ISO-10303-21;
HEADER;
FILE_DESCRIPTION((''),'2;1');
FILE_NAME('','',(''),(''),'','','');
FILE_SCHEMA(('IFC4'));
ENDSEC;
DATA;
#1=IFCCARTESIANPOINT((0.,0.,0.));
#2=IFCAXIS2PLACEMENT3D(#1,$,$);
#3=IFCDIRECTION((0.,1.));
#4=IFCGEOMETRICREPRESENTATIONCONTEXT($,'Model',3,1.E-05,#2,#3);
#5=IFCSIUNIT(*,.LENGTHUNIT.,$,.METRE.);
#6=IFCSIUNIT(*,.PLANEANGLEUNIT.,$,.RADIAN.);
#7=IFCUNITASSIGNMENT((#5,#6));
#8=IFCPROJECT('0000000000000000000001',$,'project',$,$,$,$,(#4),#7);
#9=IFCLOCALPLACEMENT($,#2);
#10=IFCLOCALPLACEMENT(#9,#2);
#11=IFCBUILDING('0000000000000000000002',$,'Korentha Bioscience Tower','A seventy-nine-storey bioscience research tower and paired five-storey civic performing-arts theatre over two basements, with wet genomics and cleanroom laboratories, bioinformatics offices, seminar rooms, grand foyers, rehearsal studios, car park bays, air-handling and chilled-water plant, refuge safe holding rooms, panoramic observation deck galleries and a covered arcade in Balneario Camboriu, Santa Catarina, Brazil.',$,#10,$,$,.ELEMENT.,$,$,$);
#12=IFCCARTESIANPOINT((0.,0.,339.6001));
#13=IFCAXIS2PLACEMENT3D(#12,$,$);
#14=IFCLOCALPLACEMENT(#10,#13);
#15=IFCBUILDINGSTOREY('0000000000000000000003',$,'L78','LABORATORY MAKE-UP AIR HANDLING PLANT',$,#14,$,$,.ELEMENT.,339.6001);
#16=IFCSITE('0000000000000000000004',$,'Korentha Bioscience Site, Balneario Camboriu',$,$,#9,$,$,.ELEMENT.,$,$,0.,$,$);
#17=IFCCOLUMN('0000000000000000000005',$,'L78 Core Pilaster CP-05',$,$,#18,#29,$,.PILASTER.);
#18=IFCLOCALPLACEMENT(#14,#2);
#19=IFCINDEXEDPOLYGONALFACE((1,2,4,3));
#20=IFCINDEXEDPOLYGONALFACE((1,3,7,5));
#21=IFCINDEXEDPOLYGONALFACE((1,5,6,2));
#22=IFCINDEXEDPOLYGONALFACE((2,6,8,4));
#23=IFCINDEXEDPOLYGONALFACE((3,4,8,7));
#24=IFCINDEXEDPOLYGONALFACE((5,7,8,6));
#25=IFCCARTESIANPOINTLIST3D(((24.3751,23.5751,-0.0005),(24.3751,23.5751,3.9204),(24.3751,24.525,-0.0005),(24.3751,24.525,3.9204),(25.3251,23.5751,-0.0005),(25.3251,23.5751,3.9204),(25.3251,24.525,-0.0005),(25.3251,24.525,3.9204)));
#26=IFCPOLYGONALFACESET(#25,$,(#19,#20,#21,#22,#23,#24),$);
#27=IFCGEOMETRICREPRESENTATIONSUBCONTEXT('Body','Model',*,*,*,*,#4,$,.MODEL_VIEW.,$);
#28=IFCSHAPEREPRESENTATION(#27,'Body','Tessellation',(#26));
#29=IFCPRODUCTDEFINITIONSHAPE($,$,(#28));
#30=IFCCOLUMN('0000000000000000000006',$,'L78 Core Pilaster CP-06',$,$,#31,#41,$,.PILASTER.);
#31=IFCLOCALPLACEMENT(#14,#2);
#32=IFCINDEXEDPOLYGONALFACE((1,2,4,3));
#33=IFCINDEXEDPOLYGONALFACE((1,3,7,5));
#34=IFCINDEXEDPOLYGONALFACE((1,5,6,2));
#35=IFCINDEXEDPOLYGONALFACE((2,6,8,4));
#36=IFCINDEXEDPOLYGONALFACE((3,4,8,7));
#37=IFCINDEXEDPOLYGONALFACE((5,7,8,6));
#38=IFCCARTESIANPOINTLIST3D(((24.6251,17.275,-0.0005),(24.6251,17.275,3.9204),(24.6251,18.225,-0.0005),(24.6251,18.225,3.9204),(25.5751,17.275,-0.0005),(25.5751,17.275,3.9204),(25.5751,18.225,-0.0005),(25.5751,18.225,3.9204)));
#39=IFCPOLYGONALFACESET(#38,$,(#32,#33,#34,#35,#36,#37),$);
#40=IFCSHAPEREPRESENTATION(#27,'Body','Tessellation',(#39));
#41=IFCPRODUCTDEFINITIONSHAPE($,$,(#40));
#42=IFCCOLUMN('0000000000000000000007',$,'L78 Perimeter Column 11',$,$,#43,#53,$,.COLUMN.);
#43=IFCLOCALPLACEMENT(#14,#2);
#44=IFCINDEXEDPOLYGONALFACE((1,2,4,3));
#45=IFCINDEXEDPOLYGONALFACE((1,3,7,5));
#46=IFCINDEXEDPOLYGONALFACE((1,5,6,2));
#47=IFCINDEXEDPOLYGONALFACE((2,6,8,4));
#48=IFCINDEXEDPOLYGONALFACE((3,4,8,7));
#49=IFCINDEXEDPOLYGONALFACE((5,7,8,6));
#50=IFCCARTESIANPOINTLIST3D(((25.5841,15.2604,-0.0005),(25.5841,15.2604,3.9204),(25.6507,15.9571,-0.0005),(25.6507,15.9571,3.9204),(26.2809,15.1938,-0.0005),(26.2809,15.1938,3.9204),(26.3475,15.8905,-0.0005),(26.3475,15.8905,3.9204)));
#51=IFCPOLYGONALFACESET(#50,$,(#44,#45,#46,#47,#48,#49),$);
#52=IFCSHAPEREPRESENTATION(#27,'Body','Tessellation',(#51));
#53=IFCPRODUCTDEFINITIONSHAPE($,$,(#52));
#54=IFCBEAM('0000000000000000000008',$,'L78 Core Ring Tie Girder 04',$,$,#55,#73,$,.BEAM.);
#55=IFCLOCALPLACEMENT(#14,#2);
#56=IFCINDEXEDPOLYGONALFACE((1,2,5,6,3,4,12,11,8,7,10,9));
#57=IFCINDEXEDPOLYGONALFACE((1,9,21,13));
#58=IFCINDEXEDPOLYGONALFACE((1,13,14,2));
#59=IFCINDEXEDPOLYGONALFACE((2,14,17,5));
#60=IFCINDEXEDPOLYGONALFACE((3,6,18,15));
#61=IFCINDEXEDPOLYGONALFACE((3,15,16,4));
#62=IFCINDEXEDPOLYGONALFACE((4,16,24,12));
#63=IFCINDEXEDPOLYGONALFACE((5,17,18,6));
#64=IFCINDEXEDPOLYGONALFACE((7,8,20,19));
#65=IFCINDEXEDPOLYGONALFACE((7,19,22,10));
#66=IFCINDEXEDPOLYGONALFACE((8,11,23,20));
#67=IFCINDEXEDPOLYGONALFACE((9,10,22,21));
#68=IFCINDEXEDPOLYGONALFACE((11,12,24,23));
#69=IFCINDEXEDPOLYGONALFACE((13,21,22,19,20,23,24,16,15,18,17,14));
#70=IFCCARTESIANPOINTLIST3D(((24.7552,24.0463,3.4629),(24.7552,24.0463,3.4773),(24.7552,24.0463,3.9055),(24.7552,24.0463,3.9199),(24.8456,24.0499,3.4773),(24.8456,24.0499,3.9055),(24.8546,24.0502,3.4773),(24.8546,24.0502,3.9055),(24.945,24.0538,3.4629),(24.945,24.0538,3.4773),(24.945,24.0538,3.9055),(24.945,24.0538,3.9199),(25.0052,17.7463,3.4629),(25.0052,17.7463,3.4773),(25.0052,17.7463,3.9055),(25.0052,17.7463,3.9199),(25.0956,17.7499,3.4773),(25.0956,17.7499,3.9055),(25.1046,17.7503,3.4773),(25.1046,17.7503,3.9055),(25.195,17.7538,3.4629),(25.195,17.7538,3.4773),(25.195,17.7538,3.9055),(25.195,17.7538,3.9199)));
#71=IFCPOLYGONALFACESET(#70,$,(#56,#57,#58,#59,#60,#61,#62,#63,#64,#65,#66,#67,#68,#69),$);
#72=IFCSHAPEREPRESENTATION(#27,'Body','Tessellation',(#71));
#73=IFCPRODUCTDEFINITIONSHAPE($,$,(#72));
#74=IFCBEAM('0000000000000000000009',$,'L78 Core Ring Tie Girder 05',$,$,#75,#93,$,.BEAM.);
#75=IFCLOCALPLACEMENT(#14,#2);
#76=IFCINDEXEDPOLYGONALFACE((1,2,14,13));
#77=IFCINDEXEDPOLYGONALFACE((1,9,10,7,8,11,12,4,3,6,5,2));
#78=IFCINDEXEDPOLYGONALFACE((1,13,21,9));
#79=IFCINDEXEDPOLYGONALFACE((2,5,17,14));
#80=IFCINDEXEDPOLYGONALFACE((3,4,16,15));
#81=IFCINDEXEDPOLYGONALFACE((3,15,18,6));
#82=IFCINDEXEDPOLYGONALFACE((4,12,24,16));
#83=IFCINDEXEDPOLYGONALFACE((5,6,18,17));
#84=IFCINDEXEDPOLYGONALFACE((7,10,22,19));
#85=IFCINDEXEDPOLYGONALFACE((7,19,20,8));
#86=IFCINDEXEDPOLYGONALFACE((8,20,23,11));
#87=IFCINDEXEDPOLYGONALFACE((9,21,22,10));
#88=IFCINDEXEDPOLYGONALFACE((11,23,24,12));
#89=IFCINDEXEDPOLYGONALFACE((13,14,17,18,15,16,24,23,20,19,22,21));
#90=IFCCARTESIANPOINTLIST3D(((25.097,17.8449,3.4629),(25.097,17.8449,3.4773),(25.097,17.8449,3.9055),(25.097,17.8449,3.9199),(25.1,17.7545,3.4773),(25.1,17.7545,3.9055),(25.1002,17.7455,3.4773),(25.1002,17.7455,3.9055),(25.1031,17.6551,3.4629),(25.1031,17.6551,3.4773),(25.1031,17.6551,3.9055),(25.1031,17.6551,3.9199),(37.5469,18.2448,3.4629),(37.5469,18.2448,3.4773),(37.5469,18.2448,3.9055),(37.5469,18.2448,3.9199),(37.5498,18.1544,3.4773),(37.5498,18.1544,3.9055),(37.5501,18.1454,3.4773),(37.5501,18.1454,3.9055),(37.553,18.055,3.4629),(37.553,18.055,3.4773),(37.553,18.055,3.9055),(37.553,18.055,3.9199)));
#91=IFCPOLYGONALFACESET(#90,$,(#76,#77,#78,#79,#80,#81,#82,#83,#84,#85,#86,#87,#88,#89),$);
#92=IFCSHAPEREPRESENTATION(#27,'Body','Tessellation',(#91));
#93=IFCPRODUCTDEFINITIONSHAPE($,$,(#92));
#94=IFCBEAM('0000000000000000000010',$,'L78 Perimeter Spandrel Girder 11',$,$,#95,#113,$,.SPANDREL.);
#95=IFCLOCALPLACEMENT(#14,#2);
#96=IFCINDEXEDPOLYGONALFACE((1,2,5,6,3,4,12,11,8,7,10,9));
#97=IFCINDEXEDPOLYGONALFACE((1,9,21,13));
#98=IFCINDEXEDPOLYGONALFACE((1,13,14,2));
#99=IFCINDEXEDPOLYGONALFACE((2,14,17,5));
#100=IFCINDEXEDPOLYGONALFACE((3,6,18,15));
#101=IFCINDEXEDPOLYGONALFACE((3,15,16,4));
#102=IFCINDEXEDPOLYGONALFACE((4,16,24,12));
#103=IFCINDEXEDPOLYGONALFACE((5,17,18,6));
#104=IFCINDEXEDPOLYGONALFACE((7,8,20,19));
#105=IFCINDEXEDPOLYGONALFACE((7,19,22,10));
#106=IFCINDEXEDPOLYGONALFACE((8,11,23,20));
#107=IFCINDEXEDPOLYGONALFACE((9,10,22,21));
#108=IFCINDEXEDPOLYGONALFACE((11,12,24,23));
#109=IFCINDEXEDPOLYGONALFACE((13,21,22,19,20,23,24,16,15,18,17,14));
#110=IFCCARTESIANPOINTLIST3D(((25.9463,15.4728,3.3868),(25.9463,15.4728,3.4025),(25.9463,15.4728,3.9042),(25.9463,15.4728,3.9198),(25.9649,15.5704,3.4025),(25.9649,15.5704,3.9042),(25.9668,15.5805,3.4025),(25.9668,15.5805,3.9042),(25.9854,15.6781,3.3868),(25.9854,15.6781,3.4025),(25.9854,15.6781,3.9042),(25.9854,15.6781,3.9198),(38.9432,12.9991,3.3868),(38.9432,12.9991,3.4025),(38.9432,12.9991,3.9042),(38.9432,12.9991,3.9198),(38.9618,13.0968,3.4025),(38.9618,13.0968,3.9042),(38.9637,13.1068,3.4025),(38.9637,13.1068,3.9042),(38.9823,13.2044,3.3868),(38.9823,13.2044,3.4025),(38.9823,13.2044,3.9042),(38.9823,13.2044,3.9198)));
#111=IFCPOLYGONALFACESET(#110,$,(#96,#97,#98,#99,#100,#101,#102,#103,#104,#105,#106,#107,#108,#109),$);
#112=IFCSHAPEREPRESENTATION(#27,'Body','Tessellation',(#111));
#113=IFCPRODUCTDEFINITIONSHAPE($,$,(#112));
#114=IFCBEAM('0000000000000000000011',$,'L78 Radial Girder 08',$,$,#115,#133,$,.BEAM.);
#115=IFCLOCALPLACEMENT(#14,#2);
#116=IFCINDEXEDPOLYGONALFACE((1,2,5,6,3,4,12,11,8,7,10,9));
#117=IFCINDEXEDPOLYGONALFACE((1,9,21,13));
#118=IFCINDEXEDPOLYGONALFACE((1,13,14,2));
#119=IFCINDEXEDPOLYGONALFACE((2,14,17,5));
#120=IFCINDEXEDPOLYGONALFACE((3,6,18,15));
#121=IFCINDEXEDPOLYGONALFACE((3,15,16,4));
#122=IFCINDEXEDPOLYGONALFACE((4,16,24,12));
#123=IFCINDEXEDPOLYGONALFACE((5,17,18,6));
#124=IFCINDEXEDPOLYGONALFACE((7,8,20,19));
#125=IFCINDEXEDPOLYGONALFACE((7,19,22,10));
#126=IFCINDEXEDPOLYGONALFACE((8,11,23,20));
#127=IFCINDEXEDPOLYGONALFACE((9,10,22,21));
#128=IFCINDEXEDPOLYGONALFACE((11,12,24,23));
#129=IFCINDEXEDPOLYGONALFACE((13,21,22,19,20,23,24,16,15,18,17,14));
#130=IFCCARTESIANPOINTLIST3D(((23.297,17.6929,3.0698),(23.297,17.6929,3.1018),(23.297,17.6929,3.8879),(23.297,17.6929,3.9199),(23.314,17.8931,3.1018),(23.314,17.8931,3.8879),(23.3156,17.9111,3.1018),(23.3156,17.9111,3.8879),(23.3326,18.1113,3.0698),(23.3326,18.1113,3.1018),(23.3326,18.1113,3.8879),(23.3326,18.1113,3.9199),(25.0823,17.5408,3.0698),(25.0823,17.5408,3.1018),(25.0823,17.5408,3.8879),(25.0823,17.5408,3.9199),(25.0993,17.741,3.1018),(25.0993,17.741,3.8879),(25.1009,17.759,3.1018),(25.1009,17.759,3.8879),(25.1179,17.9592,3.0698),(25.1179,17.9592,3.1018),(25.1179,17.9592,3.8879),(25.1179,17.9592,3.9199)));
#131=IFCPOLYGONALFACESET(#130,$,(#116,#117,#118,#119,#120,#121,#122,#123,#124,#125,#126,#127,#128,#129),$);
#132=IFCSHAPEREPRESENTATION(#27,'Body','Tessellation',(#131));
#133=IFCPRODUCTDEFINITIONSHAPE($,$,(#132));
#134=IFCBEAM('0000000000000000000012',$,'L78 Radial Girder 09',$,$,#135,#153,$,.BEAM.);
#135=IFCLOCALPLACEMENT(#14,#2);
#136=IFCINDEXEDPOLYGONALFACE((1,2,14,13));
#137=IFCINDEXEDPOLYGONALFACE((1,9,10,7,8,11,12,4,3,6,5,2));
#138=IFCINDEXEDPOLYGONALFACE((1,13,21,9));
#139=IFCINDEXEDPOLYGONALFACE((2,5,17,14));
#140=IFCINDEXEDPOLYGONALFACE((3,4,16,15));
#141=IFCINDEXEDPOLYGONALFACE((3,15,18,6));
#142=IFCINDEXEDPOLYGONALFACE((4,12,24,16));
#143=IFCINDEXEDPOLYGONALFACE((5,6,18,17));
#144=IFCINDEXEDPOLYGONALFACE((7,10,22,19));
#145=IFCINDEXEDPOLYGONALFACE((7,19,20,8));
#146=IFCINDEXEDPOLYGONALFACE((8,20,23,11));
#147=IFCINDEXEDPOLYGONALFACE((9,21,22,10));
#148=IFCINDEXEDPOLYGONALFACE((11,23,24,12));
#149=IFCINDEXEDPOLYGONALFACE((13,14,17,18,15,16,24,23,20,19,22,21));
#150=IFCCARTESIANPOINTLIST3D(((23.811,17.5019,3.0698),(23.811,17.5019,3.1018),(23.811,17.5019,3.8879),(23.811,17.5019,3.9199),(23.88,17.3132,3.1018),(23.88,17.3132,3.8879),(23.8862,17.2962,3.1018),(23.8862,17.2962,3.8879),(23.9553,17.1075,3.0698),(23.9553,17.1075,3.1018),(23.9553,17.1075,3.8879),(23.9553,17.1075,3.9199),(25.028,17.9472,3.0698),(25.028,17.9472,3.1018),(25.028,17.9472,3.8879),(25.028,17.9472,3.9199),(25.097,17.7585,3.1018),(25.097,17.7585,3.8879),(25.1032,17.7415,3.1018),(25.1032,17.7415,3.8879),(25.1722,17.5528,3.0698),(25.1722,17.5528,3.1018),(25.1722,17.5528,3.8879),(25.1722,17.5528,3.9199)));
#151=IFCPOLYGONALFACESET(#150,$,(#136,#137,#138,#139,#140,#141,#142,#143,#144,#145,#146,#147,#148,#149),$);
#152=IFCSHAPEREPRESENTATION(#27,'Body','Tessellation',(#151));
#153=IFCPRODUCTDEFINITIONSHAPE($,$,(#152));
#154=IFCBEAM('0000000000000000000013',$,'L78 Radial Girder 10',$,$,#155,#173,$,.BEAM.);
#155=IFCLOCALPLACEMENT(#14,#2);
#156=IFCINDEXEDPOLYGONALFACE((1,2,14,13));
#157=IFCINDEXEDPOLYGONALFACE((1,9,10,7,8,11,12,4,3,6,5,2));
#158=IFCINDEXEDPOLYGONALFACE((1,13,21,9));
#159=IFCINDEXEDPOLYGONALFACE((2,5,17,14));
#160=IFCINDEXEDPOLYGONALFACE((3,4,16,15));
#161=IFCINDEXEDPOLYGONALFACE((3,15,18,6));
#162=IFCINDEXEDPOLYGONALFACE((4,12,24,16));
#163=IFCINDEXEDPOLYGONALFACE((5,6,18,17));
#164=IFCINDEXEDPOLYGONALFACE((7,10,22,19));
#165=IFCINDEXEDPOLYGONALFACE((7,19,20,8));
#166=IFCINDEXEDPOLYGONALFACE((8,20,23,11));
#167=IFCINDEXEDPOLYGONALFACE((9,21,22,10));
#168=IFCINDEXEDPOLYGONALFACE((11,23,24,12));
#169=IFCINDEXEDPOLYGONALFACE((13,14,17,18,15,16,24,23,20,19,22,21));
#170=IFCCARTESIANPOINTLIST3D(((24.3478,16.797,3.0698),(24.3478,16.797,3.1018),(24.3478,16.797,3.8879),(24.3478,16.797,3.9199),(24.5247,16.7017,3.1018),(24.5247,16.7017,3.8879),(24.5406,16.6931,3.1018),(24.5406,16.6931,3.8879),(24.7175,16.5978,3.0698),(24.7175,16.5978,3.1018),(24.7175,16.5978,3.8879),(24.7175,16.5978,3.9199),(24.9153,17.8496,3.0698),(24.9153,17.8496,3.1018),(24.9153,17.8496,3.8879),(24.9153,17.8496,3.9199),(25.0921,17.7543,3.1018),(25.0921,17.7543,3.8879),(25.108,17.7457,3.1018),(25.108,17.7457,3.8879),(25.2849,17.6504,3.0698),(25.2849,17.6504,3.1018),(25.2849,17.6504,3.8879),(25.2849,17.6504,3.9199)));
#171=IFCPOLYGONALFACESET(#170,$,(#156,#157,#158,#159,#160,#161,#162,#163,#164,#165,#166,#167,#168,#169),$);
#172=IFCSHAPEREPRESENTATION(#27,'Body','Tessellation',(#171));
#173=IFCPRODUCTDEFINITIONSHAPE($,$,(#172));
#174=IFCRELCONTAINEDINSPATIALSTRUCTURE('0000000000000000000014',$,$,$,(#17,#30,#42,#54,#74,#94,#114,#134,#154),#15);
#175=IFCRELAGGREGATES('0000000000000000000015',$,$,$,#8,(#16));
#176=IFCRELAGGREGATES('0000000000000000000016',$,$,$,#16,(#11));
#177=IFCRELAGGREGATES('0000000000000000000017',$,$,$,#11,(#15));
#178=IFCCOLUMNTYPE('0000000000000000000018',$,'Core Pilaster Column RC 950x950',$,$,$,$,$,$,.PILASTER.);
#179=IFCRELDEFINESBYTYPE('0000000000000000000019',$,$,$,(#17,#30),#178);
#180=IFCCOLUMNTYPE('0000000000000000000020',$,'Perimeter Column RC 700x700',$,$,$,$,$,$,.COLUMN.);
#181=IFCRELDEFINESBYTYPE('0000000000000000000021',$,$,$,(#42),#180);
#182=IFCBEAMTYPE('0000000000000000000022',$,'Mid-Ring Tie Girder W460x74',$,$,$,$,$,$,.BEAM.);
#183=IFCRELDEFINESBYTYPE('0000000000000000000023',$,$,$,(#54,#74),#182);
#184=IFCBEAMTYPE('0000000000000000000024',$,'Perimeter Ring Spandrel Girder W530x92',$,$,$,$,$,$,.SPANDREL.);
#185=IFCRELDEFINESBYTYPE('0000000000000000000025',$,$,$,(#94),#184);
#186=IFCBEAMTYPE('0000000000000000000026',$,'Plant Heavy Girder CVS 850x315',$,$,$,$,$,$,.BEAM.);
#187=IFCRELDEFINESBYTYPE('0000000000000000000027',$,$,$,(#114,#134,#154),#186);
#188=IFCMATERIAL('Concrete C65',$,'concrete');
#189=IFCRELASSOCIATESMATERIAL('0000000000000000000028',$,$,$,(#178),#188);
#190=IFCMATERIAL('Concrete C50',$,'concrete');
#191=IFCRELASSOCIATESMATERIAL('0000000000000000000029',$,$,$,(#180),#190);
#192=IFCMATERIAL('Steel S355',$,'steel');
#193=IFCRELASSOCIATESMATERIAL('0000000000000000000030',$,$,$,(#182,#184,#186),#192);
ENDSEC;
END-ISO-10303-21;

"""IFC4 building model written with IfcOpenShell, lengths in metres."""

from ifc_helpers import new_model, si_unit, direction, frame, origin, origin_2d, place, context, subcontext, project, spatial, rectangle, i_section, extrude, material, material_profile, profile_set, type_object, element, save


model = new_model("IFC4")

# Units and contexts
model_context = context("Model", 3, precision=1e-05, world=origin(), true_north=direction((0.0, 1.0)))
body_context = subcontext(model_context, "Body", "Model", "MODEL_VIEW")
ifc_project = project(units=[si_unit("LENGTHUNIT", "METRE"), si_unit("PLANEANGLEUNIT", "RADIAN")], contexts=[model_context])

# Site, building, storey
site_placement = place(None, origin())
site = spatial("IfcSite", under=ifc_project, at=site_placement, Name="Korentha Bioscience Site, Balneario Camboriu", CompositionType="ELEMENT", RefElevation=0.0)
building_placement = place(site_placement, origin())
building = spatial("IfcBuilding", under=site, at=building_placement, Name="Korentha Bioscience Tower", Description="A seventy-nine-storey bioscience research tower and paired five-storey civic performing-arts theatre over two basements, with wet genomics and cleanroom laboratories, bioinformatics offices, seminar rooms, grand foyers, rehearsal studios, car park bays, air-handling and chilled-water plant, refuge safe holding rooms, panoramic observation deck galleries and a covered arcade in Balneario Camboriu, Santa Catarina, Brazil.", CompositionType="ELEMENT")
storey_placement = place(building_placement, frame((0.0, 0.0, 339.6001)))
storey = spatial("IfcBuildingStorey", under=building, at=storey_placement, Name="L78", Description="LABORATORY MAKE-UP AIR HANDLING PLANT", CompositionType="ELEMENT", Elevation=339.6001)

# Columns
ifc_material_1 = material(Name="Concrete C65", Category="concrete")
ifc_material_profile_1 = material_profile(ifc_material_1, rectangle(XDim=0.95, YDim=0.95, at=origin_2d()), Name="Concrete C65")
ifc_profile_set_1 = profile_set([ifc_material_profile_1], Name="Concrete C65 (COL-CP09)")
column_type_1 = type_object("IfcColumnType", Name="Core Pilaster Column RC 950x950", PredefinedType="PILASTER", material=ifc_profile_set_1)
for number, where, z_axis, x_axis, name in (
    (1, (24.8501, 24.05, -0.0005), (0.0, 0.0, 1.0), (1.0, 0.0, 0.0), "L78 Core Pilaster CP-05"),
    (2, (25.1001, 17.75, -0.0005), (0.0, 0.0, 1.0), (1.0, 0.0, 0.0), "L78 Core Pilaster CP-06"),
):
    element("IfcColumn", number, at=place(storey_placement, frame(where, z_axis=z_axis, x_axis=x_axis)), inside=storey, type_object=column_type_1, Name=name, PredefinedType="PILASTER", context=body_context, shape_type="SweptSolid", body=[
        extrude(rectangle(XDim=0.95, YDim=0.95, at=origin_2d()), origin(), (0.0, 0.0, 1.0), 3.9209),
    ])
ifc_material_2 = material(Name="Concrete C50", Category="concrete")
ifc_material_profile_2 = material_profile(ifc_material_2, rectangle(XDim=0.7, YDim=0.7, at=origin_2d()), Name="Concrete C50")
ifc_profile_set_2 = profile_set([ifc_material_profile_2], Name="Concrete C50 (COL-P07)")
column_type_2 = type_object("IfcColumnType", Name="Perimeter Column RC 700x700", PredefinedType="COLUMN", material=ifc_profile_set_2)
column_placement = place(storey_placement, frame((25.9658, 15.5754, -0.0005), z_axis=(0.0, 0.0, 1.0), x_axis=(-0.995463, 0.095151, 0.0)))
element("IfcColumn", 3, at=column_placement, inside=storey, type_object=column_type_2, Name="L78 Perimeter Column 11", PredefinedType="COLUMN", context=body_context, shape_type="SweptSolid", body=[
    extrude(rectangle(XDim=0.7, YDim=0.7, at=origin_2d()), origin(), (0.0, 0.0, 1.0), 3.9209),
])

# Beams
ifc_material_3 = material(Name="Steel S355", Category="steel")
ifc_material_profile_3 = material_profile(ifc_material_3, i_section(OverallWidth=0.1899, OverallDepth=0.457, WebThickness=0.009, FlangeThickness=0.0144, at=origin_2d()), Name="Steel S355")
ifc_profile_set_3 = profile_set([ifc_material_profile_3], Name="Steel S355 (MB-460)")
beam_type_1 = type_object("IfcBeamType", Name="Mid-Ring Tie Girder W460x74", PredefinedType="BEAM", material=ifc_profile_set_3)
beam_1_placement = place(storey_placement, frame((24.8501, 24.05, 3.6914), z_axis=(0.039651, -0.999214, 0.0), x_axis=(0.999214, 0.039651, 0.0)))
element("IfcBeam", 4, at=beam_1_placement, inside=storey, type_object=beam_type_1, Name="L78 Core Ring Tie Girder 04", PredefinedType="BEAM", context=body_context, shape_type="SweptSolid", body=[
    extrude(i_section(OverallWidth=0.1899, OverallDepth=0.457, WebThickness=0.009, FlangeThickness=0.0144, at=origin_2d()), origin(), (0.0, 0.0, 1.0), 6.3049),
])
beam_2_placement = place(storey_placement, frame((25.1001, 17.75, 3.6914), z_axis=(0.999485, 0.032104, 0.0), x_axis=(-0.032104, 0.999485, 0.0)))
element("IfcBeam", 5, at=beam_2_placement, inside=storey, type_object=beam_type_1, Name="L78 Core Ring Tie Girder 05", PredefinedType="BEAM", context=body_context, shape_type="SweptSolid", body=[
    extrude(i_section(OverallWidth=0.1899, OverallDepth=0.457, WebThickness=0.009, FlangeThickness=0.0144, at=origin_2d()), origin(), (0.0, 0.0, 1.0), 12.4563),
])
ifc_material_profile_4 = material_profile(ifc_material_3, i_section(OverallWidth=0.209, OverallDepth=0.533, WebThickness=0.0103, FlangeThickness=0.0156, at=origin_2d()), Name="Steel S355")
ifc_profile_set_4 = profile_set([ifc_material_profile_4], Name="Steel S355 (SB-530)")
beam_type_2 = type_object("IfcBeamType", Name="Perimeter Ring Spandrel Girder W530x92", PredefinedType="SPANDREL", material=ifc_profile_set_4)
beam_3_placement = place(storey_placement, frame((25.9658, 15.5754, 3.6533), z_axis=(0.982366, -0.18697, 0.0), x_axis=(0.18697, 0.982366, 0.0)))
element("IfcBeam", 6, at=beam_3_placement, inside=storey, type_object=beam_type_2, Name="L78 Perimeter Spandrel Girder 11", PredefinedType="SPANDREL", context=body_context, shape_type="SweptSolid", body=[
    extrude(i_section(OverallWidth=0.209, OverallDepth=0.533, WebThickness=0.0103, FlangeThickness=0.0156, at=origin_2d()), origin(), (0.0, 0.0, 1.0), 13.2302),
])
ifc_material_profile_5 = material_profile(ifc_material_3, i_section(OverallWidth=0.4199, OverallDepth=0.8501, WebThickness=0.0181, FlangeThickness=0.032, at=origin_2d()), Name="Steel S355")
ifc_profile_set_5 = profile_set([ifc_material_profile_5], Name="Steel S355 (MB-850)")
beam_type_3 = type_object("IfcBeamType", Name="Plant Heavy Girder CVS 850x315", PredefinedType="BEAM", material=ifc_profile_set_5)
beam_4_placement = place(storey_placement, frame((25.1001, 17.75, 3.4949), z_axis=(-0.996391, 0.084883, 0.0), x_axis=(-0.084883, -0.996391, 0.0)))
element("IfcBeam", 7, at=beam_4_placement, inside=storey, type_object=beam_type_3, Name="L78 Radial Girder 08", PredefinedType="BEAM", context=body_context, shape_type="SweptSolid", body=[
    extrude(i_section(OverallWidth=0.4199, OverallDepth=0.8501, WebThickness=0.0181, FlangeThickness=0.032, at=origin_2d()), origin(), (0.0, 0.0, 1.0), 1.7917),
])
beam_5_placement = place(storey_placement, frame((25.1001, 17.75, 3.4949), z_axis=(-0.93911, -0.343618, 0.0), x_axis=(0.343618, -0.93911, 0.0)))
element("IfcBeam", 8, at=beam_5_placement, inside=storey, type_object=beam_type_3, Name="L78 Radial Girder 09", PredefinedType="BEAM", context=body_context, shape_type="SweptSolid", body=[
    extrude(i_section(OverallWidth=0.4199, OverallDepth=0.8501, WebThickness=0.0181, FlangeThickness=0.032, at=origin_2d()), origin(), (0.0, 0.0, 1.0), 1.2959),
])
beam_6_placement = place(storey_placement, frame((25.1001, 17.75, 3.4949), z_axis=(-0.474526, -0.880242, 0.0), x_axis=(0.880242, -0.474526, 0.0)))
element("IfcBeam", 9, at=beam_6_placement, inside=storey, type_object=beam_type_3, Name="L78 Radial Girder 10", PredefinedType="BEAM", context=body_context, shape_type="SweptSolid", body=[
    extrude(i_section(OverallWidth=0.4199, OverallDepth=0.8501, WebThickness=0.0181, FlangeThickness=0.032, at=origin_2d()), origin(), (0.0, 0.0, 1.0), 1.1958),
])

save(model, "model.ifc")
